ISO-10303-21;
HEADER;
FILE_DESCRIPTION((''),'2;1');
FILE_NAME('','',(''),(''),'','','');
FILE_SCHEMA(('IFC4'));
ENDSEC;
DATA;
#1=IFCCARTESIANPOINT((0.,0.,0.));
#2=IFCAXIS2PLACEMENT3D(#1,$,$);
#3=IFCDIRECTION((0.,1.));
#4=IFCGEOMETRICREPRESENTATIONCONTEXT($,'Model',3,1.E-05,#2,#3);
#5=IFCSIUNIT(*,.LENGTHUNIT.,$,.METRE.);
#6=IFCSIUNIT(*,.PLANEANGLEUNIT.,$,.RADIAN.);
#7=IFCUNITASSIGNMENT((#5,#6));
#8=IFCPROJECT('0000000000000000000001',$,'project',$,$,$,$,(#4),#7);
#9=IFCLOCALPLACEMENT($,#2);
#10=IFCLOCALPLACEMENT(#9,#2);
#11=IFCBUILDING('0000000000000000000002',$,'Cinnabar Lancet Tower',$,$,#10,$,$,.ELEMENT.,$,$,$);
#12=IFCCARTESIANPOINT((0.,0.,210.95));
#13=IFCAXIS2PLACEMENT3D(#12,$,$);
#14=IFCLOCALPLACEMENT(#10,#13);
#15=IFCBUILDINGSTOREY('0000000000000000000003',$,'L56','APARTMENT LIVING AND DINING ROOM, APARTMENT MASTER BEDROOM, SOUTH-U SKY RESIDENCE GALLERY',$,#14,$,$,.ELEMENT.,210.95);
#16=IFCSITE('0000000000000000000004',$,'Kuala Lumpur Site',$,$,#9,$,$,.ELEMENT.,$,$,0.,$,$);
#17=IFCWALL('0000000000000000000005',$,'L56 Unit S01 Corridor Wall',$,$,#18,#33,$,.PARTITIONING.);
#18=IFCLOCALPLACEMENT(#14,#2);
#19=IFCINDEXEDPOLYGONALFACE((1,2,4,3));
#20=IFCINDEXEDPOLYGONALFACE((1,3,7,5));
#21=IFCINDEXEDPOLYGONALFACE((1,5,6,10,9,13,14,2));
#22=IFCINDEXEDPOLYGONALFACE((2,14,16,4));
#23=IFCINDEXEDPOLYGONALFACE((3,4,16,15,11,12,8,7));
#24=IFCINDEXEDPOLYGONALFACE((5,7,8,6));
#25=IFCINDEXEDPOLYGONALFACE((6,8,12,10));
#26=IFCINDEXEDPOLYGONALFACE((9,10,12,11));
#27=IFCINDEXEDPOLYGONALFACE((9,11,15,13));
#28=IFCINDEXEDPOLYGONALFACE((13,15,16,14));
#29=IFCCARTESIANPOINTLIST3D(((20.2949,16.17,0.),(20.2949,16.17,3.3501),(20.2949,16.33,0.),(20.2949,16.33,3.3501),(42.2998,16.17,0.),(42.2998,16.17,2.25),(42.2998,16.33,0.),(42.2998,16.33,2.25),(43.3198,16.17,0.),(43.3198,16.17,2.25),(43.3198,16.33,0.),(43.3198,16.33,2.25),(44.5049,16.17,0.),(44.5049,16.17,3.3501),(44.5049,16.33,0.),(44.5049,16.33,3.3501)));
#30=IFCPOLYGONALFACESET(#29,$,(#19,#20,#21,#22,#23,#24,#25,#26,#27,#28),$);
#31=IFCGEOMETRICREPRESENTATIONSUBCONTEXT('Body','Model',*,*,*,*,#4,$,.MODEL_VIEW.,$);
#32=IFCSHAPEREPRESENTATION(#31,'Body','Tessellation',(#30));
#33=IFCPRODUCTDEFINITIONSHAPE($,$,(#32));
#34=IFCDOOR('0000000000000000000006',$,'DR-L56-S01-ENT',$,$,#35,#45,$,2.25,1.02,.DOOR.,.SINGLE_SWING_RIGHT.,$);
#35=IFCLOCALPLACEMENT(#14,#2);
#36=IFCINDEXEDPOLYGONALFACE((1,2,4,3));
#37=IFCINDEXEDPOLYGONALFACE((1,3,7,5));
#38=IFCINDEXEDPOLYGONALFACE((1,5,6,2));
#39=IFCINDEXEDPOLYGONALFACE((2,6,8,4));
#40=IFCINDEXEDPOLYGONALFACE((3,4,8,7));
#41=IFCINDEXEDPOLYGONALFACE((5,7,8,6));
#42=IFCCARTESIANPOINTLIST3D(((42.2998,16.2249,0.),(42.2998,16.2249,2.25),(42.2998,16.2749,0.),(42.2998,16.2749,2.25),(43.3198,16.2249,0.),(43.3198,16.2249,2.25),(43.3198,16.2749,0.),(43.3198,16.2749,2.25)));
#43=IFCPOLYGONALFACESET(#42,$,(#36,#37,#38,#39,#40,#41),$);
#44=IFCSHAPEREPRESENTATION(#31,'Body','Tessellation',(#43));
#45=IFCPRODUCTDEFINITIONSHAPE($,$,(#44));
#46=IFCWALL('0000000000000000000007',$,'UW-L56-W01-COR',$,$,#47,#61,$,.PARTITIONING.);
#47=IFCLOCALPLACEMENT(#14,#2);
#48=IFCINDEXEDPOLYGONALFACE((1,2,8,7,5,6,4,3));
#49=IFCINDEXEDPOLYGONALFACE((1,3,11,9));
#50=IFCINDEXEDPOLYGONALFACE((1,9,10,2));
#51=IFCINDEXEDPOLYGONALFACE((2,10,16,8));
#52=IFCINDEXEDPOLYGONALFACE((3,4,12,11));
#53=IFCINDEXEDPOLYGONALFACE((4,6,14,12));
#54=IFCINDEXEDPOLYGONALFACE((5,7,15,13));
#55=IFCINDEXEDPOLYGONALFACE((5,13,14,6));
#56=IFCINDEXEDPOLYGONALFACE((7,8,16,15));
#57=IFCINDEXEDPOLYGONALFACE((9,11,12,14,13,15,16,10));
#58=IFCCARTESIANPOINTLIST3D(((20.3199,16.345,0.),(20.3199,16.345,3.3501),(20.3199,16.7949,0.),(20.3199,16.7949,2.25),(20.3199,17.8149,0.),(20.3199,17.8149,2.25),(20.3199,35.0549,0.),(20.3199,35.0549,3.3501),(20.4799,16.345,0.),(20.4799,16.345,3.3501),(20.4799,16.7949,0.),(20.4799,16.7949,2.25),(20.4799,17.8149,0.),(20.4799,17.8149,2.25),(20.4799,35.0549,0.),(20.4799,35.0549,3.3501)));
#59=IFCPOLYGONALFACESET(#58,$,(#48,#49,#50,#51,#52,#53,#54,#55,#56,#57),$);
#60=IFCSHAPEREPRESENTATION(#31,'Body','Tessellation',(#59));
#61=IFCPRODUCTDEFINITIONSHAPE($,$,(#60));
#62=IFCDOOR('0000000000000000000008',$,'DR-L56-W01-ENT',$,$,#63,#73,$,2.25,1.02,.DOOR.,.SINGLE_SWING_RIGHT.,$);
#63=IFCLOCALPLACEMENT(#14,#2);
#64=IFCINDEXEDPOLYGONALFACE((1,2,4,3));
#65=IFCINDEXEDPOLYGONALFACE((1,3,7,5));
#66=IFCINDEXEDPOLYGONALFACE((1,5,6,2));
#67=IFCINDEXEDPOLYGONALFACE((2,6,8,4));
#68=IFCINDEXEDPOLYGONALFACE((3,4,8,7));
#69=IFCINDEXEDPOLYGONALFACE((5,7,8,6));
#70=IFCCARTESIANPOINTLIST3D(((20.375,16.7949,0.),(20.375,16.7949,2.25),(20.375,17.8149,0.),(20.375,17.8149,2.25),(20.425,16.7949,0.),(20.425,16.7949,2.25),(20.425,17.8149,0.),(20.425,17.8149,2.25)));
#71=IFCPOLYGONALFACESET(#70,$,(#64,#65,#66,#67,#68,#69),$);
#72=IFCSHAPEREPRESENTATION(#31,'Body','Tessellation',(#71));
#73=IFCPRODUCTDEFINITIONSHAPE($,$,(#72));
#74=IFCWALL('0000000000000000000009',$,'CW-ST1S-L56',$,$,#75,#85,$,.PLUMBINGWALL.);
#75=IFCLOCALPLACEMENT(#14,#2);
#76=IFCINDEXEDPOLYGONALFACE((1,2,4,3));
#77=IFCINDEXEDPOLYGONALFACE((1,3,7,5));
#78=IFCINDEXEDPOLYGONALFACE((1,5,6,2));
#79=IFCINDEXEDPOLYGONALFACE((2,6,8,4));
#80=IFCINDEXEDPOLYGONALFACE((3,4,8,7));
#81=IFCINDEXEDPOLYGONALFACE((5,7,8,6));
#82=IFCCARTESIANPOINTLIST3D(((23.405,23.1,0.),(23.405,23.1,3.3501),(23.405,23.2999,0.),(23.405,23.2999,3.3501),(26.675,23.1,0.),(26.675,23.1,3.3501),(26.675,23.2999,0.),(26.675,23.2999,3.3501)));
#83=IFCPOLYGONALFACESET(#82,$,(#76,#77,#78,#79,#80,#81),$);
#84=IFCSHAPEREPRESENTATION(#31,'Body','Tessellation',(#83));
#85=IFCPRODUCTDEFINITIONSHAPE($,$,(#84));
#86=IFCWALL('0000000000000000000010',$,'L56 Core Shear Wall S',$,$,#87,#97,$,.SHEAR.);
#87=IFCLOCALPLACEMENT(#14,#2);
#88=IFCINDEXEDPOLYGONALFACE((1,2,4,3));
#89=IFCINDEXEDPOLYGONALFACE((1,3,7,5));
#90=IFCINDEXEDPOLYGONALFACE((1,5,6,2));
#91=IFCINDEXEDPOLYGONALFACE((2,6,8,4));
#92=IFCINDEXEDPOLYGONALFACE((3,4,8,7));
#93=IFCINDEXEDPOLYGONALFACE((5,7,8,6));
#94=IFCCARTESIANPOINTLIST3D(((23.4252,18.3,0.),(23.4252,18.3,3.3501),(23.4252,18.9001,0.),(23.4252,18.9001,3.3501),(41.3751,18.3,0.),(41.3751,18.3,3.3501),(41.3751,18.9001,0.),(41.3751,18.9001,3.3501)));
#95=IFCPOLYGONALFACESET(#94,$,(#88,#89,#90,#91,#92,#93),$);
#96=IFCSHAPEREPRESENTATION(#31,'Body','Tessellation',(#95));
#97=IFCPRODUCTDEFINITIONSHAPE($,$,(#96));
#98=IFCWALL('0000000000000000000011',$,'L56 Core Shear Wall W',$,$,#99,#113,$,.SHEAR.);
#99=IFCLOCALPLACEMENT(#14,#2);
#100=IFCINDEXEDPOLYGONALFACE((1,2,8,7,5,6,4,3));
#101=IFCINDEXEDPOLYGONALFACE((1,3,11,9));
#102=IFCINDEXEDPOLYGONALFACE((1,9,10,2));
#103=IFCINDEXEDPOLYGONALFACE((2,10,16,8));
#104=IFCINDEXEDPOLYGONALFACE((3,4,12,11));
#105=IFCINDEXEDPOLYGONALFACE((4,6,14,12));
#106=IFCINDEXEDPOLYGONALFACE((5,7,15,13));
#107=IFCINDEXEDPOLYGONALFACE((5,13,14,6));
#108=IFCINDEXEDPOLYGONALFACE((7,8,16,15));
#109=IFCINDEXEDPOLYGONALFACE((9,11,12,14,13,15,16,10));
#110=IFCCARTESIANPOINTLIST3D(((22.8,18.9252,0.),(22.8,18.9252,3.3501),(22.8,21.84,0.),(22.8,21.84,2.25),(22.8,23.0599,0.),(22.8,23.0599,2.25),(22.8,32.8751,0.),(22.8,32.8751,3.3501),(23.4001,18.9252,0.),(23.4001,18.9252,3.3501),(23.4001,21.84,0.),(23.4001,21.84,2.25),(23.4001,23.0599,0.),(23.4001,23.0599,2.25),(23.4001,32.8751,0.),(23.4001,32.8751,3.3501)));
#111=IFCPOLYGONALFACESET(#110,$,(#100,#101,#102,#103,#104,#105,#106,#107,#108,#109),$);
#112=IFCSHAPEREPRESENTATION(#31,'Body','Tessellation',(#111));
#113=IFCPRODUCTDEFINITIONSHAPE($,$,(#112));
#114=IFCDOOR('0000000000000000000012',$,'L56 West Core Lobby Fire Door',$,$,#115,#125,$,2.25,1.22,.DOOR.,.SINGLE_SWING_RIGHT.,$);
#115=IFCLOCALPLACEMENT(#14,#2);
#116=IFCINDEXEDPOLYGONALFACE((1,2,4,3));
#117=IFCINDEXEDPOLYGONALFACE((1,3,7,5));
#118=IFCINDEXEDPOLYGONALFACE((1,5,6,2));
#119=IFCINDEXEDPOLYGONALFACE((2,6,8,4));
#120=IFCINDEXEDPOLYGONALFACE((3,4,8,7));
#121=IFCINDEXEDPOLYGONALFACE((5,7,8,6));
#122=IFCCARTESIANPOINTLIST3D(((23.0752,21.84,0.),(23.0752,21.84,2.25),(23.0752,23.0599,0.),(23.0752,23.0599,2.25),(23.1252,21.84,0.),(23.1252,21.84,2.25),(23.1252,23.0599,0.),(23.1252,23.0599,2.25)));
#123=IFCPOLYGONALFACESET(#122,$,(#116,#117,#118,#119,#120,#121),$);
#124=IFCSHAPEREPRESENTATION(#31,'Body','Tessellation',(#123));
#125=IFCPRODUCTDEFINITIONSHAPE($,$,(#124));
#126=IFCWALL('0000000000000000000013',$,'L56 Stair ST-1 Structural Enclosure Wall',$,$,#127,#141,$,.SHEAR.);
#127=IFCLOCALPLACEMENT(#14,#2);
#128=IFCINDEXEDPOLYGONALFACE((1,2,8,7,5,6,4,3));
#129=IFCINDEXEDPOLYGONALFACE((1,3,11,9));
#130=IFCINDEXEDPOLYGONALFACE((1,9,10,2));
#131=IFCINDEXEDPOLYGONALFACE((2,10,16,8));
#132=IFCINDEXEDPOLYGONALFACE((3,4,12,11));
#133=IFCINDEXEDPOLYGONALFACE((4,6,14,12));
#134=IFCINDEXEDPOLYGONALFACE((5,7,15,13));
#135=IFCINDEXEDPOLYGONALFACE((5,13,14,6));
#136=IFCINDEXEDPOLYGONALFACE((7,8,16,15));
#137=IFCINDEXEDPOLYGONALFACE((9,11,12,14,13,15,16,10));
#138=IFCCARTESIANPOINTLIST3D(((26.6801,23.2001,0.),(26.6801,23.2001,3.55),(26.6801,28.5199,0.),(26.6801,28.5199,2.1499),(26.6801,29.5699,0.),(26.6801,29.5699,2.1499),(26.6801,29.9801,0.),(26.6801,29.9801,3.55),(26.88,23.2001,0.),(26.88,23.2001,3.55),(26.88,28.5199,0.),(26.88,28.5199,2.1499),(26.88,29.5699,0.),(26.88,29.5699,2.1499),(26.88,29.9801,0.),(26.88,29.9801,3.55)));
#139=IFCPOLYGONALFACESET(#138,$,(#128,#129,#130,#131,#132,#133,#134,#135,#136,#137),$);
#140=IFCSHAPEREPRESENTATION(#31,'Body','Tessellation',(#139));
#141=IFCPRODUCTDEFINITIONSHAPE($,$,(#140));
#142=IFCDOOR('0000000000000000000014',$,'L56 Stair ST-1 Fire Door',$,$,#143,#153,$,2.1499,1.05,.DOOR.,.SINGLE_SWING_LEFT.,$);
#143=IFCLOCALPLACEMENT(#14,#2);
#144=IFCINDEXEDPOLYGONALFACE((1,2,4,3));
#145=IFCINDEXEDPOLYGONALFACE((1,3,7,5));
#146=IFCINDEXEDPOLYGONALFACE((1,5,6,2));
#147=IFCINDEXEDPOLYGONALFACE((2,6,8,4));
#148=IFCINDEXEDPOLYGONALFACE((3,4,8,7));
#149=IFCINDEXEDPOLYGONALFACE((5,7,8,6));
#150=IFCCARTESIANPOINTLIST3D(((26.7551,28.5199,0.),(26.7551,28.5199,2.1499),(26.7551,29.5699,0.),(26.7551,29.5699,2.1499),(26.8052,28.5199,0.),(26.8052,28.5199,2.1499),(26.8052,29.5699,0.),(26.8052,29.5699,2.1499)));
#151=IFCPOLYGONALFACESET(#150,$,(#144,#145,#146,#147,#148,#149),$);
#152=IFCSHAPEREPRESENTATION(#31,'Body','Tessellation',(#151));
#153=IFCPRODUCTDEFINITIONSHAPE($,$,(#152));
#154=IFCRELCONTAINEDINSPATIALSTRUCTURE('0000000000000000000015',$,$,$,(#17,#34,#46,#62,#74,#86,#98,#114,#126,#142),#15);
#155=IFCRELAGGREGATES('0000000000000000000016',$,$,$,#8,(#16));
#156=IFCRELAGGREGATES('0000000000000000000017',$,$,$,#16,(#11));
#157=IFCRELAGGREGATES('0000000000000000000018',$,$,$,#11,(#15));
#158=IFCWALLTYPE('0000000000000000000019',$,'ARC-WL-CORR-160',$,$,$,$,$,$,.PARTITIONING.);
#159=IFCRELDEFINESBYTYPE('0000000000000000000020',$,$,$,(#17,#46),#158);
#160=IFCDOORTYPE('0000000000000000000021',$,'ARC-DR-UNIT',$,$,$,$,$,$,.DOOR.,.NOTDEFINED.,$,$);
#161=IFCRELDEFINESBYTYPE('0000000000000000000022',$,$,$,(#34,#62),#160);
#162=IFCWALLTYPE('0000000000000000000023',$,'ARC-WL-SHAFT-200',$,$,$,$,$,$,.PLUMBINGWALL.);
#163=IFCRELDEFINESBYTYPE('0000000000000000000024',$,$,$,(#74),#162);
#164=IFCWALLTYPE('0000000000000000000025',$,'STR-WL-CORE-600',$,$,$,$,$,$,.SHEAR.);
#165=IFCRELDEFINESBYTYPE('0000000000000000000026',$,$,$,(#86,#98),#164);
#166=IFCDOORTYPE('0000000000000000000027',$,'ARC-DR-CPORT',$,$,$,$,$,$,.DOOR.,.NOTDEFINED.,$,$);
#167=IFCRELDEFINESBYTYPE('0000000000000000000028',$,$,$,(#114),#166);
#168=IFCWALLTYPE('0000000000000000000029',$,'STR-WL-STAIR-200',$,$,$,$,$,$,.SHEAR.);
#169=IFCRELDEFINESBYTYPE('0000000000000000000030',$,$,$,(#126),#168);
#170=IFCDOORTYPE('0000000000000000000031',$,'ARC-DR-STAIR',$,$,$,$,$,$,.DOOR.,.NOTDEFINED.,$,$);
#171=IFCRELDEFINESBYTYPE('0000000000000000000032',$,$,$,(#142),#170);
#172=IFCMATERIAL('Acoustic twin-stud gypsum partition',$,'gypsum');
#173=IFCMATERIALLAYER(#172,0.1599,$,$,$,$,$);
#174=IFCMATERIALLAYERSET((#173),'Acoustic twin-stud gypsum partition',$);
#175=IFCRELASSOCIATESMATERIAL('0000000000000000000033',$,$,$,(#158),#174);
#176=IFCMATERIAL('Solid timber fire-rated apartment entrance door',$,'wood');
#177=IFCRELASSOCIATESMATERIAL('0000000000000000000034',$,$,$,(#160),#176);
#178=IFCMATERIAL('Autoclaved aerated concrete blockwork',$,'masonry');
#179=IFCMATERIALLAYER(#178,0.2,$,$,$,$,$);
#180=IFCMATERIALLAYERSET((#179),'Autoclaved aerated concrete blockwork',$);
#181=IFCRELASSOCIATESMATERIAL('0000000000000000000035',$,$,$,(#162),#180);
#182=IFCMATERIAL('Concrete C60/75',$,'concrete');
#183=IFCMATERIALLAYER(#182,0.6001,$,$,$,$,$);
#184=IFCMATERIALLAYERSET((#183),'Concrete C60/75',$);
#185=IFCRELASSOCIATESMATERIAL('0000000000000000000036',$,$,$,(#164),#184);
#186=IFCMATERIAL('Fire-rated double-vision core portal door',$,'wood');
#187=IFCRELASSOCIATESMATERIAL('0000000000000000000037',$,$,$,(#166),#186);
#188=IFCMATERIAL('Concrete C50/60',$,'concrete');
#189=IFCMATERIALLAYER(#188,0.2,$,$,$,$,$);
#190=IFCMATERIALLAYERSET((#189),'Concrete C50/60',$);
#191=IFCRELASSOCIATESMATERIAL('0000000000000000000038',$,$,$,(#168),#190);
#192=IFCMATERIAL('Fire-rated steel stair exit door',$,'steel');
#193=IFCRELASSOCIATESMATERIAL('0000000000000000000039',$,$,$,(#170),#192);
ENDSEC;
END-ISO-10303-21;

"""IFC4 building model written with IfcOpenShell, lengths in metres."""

from ifc_helpers import new_model, si_unit, direction, frame, frame_2d, origin, place, context, subcontext, project, spatial, rectangle, extrude, material, layer, layer_set, type_object, element, fill, save


model = new_model("IFC4")

# Units and contexts
model_context = context("Model", 3, precision=1e-05, world=origin(), true_north=direction((0.0, 1.0)))
body_context = subcontext(model_context, "Body", "Model", "MODEL_VIEW")
ifc_project = project(units=[si_unit("LENGTHUNIT", "METRE"), si_unit("PLANEANGLEUNIT", "RADIAN")], contexts=[model_context])

# Site, building, storey
site_placement = place(None, origin())
site = spatial("IfcSite", under=ifc_project, at=site_placement, Name="Kuala Lumpur Site", CompositionType="ELEMENT", RefElevation=0.0)
building_placement = place(site_placement, origin())
building = spatial("IfcBuilding", under=site, at=building_placement, Name="Cinnabar Lancet Tower", CompositionType="ELEMENT")
storey_placement = place(building_placement, frame((0.0, 0.0, 210.95)))
storey = spatial("IfcBuildingStorey", under=building, at=storey_placement, Name="L56", Description="APARTMENT LIVING AND DINING ROOM, APARTMENT MASTER BEDROOM, SOUTH-U SKY RESIDENCE GALLERY", CompositionType="ELEMENT", Elevation=210.95)

# Shared definitions
ifc_material_1 = material(Name="Acoustic twin-stud gypsum partition", Category="gypsum")
ifc_layer_1 = layer(ifc_material_1, 0.1599)
ifc_layer_set_1 = layer_set([ifc_layer_1], Name="Acoustic twin-stud gypsum partition")
wall_type_1 = type_object("IfcWallType", Name="ARC-WL-CORR-160", PredefinedType="PARTITIONING", material=ifc_layer_set_1)

# Walls, openings, doors
wall_1_placement = place(storey_placement, frame((20.2949, 16.25, 0.0), z_axis=(0.0, 0.0, 1.0), x_axis=(1.0, 0.0, 0.0)))
wall_1 = element("IfcWall", 1, at=wall_1_placement, inside=storey, type_object=wall_type_1, Name="L56 Unit S01 Corridor Wall", PredefinedType="PARTITIONING", context=body_context, shape_type="SweptSolid", body=[
    extrude(rectangle(XDim=24.21, YDim=0.1599, at=frame_2d((12.105, 0.0))), origin(), (0.0, 0.0, 1.0), 3.3501),
])
opening_1_placement = place(wall_1_placement, frame((22.0049, 0.0, 0.0)))
opening_1 = element("IfcOpeningElement", 2, at=opening_1_placement, cuts=wall_1, PredefinedType="OPENING", context=body_context, shape_type="SweptSolid", body=[
    extrude(rectangle(XDim=1.02, YDim=2.25, at=frame_2d((0.51, 1.125))), frame((0.0, 0.0898, 0.0), z_axis=(0.0, -1.0, 0.0), x_axis=(1.0, 0.0, 0.0)), (0.0, 0.0, 1.0), 0.1799),
])
ifc_material_2 = material(Name="Solid timber fire-rated apartment entrance door", Category="wood")
door_type_1 = type_object("IfcDoorType", Name="ARC-DR-UNIT", OperationType="NOTDEFINED", PredefinedType="DOOR", material=ifc_material_2)
door_1_placement = place(opening_1_placement, origin())
door_1 = element("IfcDoor", 3, at=door_1_placement, inside=storey, type_object=door_type_1, Name="DR-L56-S01-ENT", OperationType="SINGLE_SWING_RIGHT", OverallHeight=2.25, OverallWidth=1.02, PredefinedType="DOOR", context=body_context, shape_type="SweptSolid", body=[
    extrude(rectangle(XDim=1.02, YDim=2.25, at=frame_2d((0.51, 1.125))), frame((0.0, 0.0249, 0.0), z_axis=(0.0, -1.0, 0.0), x_axis=(1.0, 0.0, 0.0)), (0.0, 0.0, 1.0), 0.05),
])
fill(opening_1, door_1)
wall_2_placement = place(storey_placement, frame((20.3999, 16.345, 0.0), z_axis=(0.0, 0.0, 1.0), x_axis=(0.0, 1.0, 0.0)))
wall_2 = element("IfcWall", 4, at=wall_2_placement, inside=storey, type_object=wall_type_1, Name="UW-L56-W01-COR", PredefinedType="PARTITIONING", context=body_context, shape_type="SweptSolid", body=[
    extrude(rectangle(XDim=18.71, YDim=0.1599, at=frame_2d((9.355, 0.0))), origin(), (0.0, 0.0, 1.0), 3.3501),
])
opening_2_placement = place(wall_2_placement, frame((0.45, 0.0, 0.0)))
opening_2 = element("IfcOpeningElement", 5, at=opening_2_placement, cuts=wall_2, PredefinedType="OPENING", context=body_context, shape_type="SweptSolid", body=[
    extrude(rectangle(XDim=1.02, YDim=2.25, at=frame_2d((0.51, 1.125))), frame((0.0, 0.0898, 0.0), z_axis=(0.0, -1.0, 0.0), x_axis=(1.0, 0.0, 0.0)), (0.0, 0.0, 1.0), 0.1799),
])
door_2_placement = place(opening_2_placement, origin())
door_2 = element("IfcDoor", 6, at=door_2_placement, inside=storey, type_object=door_type_1, Name="DR-L56-W01-ENT", OperationType="SINGLE_SWING_RIGHT", OverallHeight=2.25, OverallWidth=1.02, PredefinedType="DOOR", context=body_context, shape_type="SweptSolid", body=[
    extrude(rectangle(XDim=1.02, YDim=2.25, at=frame_2d((0.51, 1.125))), frame((0.0, 0.0249, 0.0), z_axis=(0.0, -1.0, 0.0), x_axis=(1.0, 0.0, 0.0)), (0.0, 0.0, 1.0), 0.05),
])
fill(opening_2, door_2)

# Wall
ifc_material_3 = material(Name="Autoclaved aerated concrete blockwork", Category="masonry")
ifc_layer_2 = layer(ifc_material_3, 0.2)
ifc_layer_set_2 = layer_set([ifc_layer_2], Name="Autoclaved aerated concrete blockwork")
wall_type_2 = type_object("IfcWallType", Name="ARC-WL-SHAFT-200", PredefinedType="PLUMBINGWALL", material=ifc_layer_set_2)
wall_3_placement = place(storey_placement, frame((23.405, 23.2, 0.0), z_axis=(0.0, 0.0, 1.0), x_axis=(1.0, 0.0, 0.0)))
element("IfcWall", 7, at=wall_3_placement, inside=storey, type_object=wall_type_2, Name="CW-ST1S-L56", PredefinedType="PLUMBINGWALL", context=body_context, shape_type="SweptSolid", body=[
    extrude(rectangle(XDim=3.27, YDim=0.2, at=frame_2d((1.635, 0.0))), origin(), (0.0, 0.0, 1.0), 3.3501),
])

# Wall
ifc_material_4 = material(Name="Concrete C60/75", Category="concrete")
ifc_layer_3 = layer(ifc_material_4, 0.6001)
ifc_layer_set_3 = layer_set([ifc_layer_3], Name="Concrete C60/75")
wall_type_3 = type_object("IfcWallType", Name="STR-WL-CORE-600", PredefinedType="SHEAR", material=ifc_layer_set_3)
wall_4_placement = place(storey_placement, frame((23.425, 18.6001, 0.0), z_axis=(0.0, 0.0, 1.0), x_axis=(1.0, 0.0, 0.0)))
element("IfcWall", 8, at=wall_4_placement, inside=storey, type_object=wall_type_3, Name="L56 Core Shear Wall S", PredefinedType="SHEAR", context=body_context, shape_type="SweptSolid", body=[
    extrude(rectangle(XDim=17.95, YDim=0.6001, at=frame_2d((8.9751, 0.0))), origin(), (0.0, 0.0, 1.0), 3.3501),
])

# Walls, openings, doors
wall_5_placement = place(storey_placement, frame((23.1001, 18.925, 0.0), z_axis=(0.0, 0.0, 1.0), x_axis=(0.0, 1.0, 0.0)))
wall_5 = element("IfcWall", 9, at=wall_5_placement, inside=storey, type_object=wall_type_3, Name="L56 Core Shear Wall W", PredefinedType="SHEAR", context=body_context, shape_type="SweptSolid", body=[
    extrude(rectangle(XDim=13.95, YDim=0.6001, at=frame_2d((6.9751, 0.0))), origin(), (0.0, 0.0, 1.0), 3.3501),
])
opening_3_placement = place(wall_5_placement, frame((2.915, 0.0, 0.0)))
opening_3 = element("IfcOpeningElement", 10, at=opening_3_placement, cuts=wall_5, PredefinedType="OPENING", context=body_context, shape_type="SweptSolid", body=[
    extrude(rectangle(XDim=1.22, YDim=2.25, at=frame_2d((0.6099, 1.125))), frame((0.0, 0.3101, 0.0), z_axis=(0.0, -1.0, 0.0), x_axis=(1.0, 0.0, 0.0)), (0.0, 0.0, 1.0), 0.6201),
])
ifc_material_5 = material(Name="Fire-rated double-vision core portal door", Category="wood")
door_type_2 = type_object("IfcDoorType", Name="ARC-DR-CPORT", OperationType="NOTDEFINED", PredefinedType="DOOR", material=ifc_material_5)
door_3_placement = place(opening_3_placement, origin())
door_3 = element("IfcDoor", 11, at=door_3_placement, inside=storey, type_object=door_type_2, Name="L56 West Core Lobby Fire Door", OperationType="SINGLE_SWING_RIGHT", OverallHeight=2.25, OverallWidth=1.22, PredefinedType="DOOR", context=body_context, shape_type="SweptSolid", body=[
    extrude(rectangle(XDim=1.22, YDim=2.25, at=frame_2d((0.6099, 1.125))), frame((0.0, 0.0249, 0.0), z_axis=(0.0, -1.0, 0.0), x_axis=(1.0, 0.0, 0.0)), (0.0, 0.0, 1.0), 0.05),
])
fill(opening_3, door_3)
ifc_material_6 = material(Name="Concrete C50/60", Category="concrete")
ifc_layer_4 = layer(ifc_material_6, 0.2)
ifc_layer_set_4 = layer_set([ifc_layer_4], Name="Concrete C50/60")
wall_type_4 = type_object("IfcWallType", Name="STR-WL-STAIR-200", PredefinedType="SHEAR", material=ifc_layer_set_4)
wall_6_placement = place(storey_placement, frame((26.78, 23.2, 0.0), z_axis=(0.0, 0.0, 1.0), x_axis=(0.0, 1.0, 0.0)))
wall_6 = element("IfcWall", 12, at=wall_6_placement, inside=storey, type_object=wall_type_4, Name="L56 Stair ST-1 Structural Enclosure Wall", PredefinedType="SHEAR", context=body_context, shape_type="SweptSolid", body=[
    extrude(rectangle(XDim=6.78, YDim=0.2, at=frame_2d((3.3901, 0.0))), origin(), (0.0, 0.0, 1.0), 3.55),
])
opening_4_placement = place(wall_6_placement, frame((5.3201, 0.0, 0.0)))
opening_4 = element("IfcOpeningElement", 13, at=opening_4_placement, cuts=wall_6, PredefinedType="OPENING", context=body_context, shape_type="SweptSolid", body=[
    extrude(rectangle(XDim=1.05, YDim=2.1499, at=frame_2d((0.5249, 1.075))), frame((0.0, 0.1099, 0.0), z_axis=(0.0, -1.0, 0.0), x_axis=(1.0, 0.0, 0.0)), (0.0, 0.0, 1.0), 0.22),
])
ifc_material_7 = material(Name="Fire-rated steel stair exit door", Category="steel")
door_type_3 = type_object("IfcDoorType", Name="ARC-DR-STAIR", OperationType="NOTDEFINED", PredefinedType="DOOR", material=ifc_material_7)
door_4_placement = place(opening_4_placement, origin())
door_4 = element("IfcDoor", 14, at=door_4_placement, inside=storey, type_object=door_type_3, Name="L56 Stair ST-1 Fire Door", OperationType="SINGLE_SWING_LEFT", OverallHeight=2.1499, OverallWidth=1.05, PredefinedType="DOOR", context=body_context, shape_type="SweptSolid", body=[
    extrude(rectangle(XDim=1.05, YDim=2.1499, at=frame_2d((0.5249, 1.075))), frame((0.0, 0.0249, 0.0), z_axis=(0.0, -1.0, 0.0), x_axis=(1.0, 0.0, 0.0)), (0.0, 0.0, 1.0), 0.05),
])
fill(opening_4, door_4)

save(model, "model.ifc")
